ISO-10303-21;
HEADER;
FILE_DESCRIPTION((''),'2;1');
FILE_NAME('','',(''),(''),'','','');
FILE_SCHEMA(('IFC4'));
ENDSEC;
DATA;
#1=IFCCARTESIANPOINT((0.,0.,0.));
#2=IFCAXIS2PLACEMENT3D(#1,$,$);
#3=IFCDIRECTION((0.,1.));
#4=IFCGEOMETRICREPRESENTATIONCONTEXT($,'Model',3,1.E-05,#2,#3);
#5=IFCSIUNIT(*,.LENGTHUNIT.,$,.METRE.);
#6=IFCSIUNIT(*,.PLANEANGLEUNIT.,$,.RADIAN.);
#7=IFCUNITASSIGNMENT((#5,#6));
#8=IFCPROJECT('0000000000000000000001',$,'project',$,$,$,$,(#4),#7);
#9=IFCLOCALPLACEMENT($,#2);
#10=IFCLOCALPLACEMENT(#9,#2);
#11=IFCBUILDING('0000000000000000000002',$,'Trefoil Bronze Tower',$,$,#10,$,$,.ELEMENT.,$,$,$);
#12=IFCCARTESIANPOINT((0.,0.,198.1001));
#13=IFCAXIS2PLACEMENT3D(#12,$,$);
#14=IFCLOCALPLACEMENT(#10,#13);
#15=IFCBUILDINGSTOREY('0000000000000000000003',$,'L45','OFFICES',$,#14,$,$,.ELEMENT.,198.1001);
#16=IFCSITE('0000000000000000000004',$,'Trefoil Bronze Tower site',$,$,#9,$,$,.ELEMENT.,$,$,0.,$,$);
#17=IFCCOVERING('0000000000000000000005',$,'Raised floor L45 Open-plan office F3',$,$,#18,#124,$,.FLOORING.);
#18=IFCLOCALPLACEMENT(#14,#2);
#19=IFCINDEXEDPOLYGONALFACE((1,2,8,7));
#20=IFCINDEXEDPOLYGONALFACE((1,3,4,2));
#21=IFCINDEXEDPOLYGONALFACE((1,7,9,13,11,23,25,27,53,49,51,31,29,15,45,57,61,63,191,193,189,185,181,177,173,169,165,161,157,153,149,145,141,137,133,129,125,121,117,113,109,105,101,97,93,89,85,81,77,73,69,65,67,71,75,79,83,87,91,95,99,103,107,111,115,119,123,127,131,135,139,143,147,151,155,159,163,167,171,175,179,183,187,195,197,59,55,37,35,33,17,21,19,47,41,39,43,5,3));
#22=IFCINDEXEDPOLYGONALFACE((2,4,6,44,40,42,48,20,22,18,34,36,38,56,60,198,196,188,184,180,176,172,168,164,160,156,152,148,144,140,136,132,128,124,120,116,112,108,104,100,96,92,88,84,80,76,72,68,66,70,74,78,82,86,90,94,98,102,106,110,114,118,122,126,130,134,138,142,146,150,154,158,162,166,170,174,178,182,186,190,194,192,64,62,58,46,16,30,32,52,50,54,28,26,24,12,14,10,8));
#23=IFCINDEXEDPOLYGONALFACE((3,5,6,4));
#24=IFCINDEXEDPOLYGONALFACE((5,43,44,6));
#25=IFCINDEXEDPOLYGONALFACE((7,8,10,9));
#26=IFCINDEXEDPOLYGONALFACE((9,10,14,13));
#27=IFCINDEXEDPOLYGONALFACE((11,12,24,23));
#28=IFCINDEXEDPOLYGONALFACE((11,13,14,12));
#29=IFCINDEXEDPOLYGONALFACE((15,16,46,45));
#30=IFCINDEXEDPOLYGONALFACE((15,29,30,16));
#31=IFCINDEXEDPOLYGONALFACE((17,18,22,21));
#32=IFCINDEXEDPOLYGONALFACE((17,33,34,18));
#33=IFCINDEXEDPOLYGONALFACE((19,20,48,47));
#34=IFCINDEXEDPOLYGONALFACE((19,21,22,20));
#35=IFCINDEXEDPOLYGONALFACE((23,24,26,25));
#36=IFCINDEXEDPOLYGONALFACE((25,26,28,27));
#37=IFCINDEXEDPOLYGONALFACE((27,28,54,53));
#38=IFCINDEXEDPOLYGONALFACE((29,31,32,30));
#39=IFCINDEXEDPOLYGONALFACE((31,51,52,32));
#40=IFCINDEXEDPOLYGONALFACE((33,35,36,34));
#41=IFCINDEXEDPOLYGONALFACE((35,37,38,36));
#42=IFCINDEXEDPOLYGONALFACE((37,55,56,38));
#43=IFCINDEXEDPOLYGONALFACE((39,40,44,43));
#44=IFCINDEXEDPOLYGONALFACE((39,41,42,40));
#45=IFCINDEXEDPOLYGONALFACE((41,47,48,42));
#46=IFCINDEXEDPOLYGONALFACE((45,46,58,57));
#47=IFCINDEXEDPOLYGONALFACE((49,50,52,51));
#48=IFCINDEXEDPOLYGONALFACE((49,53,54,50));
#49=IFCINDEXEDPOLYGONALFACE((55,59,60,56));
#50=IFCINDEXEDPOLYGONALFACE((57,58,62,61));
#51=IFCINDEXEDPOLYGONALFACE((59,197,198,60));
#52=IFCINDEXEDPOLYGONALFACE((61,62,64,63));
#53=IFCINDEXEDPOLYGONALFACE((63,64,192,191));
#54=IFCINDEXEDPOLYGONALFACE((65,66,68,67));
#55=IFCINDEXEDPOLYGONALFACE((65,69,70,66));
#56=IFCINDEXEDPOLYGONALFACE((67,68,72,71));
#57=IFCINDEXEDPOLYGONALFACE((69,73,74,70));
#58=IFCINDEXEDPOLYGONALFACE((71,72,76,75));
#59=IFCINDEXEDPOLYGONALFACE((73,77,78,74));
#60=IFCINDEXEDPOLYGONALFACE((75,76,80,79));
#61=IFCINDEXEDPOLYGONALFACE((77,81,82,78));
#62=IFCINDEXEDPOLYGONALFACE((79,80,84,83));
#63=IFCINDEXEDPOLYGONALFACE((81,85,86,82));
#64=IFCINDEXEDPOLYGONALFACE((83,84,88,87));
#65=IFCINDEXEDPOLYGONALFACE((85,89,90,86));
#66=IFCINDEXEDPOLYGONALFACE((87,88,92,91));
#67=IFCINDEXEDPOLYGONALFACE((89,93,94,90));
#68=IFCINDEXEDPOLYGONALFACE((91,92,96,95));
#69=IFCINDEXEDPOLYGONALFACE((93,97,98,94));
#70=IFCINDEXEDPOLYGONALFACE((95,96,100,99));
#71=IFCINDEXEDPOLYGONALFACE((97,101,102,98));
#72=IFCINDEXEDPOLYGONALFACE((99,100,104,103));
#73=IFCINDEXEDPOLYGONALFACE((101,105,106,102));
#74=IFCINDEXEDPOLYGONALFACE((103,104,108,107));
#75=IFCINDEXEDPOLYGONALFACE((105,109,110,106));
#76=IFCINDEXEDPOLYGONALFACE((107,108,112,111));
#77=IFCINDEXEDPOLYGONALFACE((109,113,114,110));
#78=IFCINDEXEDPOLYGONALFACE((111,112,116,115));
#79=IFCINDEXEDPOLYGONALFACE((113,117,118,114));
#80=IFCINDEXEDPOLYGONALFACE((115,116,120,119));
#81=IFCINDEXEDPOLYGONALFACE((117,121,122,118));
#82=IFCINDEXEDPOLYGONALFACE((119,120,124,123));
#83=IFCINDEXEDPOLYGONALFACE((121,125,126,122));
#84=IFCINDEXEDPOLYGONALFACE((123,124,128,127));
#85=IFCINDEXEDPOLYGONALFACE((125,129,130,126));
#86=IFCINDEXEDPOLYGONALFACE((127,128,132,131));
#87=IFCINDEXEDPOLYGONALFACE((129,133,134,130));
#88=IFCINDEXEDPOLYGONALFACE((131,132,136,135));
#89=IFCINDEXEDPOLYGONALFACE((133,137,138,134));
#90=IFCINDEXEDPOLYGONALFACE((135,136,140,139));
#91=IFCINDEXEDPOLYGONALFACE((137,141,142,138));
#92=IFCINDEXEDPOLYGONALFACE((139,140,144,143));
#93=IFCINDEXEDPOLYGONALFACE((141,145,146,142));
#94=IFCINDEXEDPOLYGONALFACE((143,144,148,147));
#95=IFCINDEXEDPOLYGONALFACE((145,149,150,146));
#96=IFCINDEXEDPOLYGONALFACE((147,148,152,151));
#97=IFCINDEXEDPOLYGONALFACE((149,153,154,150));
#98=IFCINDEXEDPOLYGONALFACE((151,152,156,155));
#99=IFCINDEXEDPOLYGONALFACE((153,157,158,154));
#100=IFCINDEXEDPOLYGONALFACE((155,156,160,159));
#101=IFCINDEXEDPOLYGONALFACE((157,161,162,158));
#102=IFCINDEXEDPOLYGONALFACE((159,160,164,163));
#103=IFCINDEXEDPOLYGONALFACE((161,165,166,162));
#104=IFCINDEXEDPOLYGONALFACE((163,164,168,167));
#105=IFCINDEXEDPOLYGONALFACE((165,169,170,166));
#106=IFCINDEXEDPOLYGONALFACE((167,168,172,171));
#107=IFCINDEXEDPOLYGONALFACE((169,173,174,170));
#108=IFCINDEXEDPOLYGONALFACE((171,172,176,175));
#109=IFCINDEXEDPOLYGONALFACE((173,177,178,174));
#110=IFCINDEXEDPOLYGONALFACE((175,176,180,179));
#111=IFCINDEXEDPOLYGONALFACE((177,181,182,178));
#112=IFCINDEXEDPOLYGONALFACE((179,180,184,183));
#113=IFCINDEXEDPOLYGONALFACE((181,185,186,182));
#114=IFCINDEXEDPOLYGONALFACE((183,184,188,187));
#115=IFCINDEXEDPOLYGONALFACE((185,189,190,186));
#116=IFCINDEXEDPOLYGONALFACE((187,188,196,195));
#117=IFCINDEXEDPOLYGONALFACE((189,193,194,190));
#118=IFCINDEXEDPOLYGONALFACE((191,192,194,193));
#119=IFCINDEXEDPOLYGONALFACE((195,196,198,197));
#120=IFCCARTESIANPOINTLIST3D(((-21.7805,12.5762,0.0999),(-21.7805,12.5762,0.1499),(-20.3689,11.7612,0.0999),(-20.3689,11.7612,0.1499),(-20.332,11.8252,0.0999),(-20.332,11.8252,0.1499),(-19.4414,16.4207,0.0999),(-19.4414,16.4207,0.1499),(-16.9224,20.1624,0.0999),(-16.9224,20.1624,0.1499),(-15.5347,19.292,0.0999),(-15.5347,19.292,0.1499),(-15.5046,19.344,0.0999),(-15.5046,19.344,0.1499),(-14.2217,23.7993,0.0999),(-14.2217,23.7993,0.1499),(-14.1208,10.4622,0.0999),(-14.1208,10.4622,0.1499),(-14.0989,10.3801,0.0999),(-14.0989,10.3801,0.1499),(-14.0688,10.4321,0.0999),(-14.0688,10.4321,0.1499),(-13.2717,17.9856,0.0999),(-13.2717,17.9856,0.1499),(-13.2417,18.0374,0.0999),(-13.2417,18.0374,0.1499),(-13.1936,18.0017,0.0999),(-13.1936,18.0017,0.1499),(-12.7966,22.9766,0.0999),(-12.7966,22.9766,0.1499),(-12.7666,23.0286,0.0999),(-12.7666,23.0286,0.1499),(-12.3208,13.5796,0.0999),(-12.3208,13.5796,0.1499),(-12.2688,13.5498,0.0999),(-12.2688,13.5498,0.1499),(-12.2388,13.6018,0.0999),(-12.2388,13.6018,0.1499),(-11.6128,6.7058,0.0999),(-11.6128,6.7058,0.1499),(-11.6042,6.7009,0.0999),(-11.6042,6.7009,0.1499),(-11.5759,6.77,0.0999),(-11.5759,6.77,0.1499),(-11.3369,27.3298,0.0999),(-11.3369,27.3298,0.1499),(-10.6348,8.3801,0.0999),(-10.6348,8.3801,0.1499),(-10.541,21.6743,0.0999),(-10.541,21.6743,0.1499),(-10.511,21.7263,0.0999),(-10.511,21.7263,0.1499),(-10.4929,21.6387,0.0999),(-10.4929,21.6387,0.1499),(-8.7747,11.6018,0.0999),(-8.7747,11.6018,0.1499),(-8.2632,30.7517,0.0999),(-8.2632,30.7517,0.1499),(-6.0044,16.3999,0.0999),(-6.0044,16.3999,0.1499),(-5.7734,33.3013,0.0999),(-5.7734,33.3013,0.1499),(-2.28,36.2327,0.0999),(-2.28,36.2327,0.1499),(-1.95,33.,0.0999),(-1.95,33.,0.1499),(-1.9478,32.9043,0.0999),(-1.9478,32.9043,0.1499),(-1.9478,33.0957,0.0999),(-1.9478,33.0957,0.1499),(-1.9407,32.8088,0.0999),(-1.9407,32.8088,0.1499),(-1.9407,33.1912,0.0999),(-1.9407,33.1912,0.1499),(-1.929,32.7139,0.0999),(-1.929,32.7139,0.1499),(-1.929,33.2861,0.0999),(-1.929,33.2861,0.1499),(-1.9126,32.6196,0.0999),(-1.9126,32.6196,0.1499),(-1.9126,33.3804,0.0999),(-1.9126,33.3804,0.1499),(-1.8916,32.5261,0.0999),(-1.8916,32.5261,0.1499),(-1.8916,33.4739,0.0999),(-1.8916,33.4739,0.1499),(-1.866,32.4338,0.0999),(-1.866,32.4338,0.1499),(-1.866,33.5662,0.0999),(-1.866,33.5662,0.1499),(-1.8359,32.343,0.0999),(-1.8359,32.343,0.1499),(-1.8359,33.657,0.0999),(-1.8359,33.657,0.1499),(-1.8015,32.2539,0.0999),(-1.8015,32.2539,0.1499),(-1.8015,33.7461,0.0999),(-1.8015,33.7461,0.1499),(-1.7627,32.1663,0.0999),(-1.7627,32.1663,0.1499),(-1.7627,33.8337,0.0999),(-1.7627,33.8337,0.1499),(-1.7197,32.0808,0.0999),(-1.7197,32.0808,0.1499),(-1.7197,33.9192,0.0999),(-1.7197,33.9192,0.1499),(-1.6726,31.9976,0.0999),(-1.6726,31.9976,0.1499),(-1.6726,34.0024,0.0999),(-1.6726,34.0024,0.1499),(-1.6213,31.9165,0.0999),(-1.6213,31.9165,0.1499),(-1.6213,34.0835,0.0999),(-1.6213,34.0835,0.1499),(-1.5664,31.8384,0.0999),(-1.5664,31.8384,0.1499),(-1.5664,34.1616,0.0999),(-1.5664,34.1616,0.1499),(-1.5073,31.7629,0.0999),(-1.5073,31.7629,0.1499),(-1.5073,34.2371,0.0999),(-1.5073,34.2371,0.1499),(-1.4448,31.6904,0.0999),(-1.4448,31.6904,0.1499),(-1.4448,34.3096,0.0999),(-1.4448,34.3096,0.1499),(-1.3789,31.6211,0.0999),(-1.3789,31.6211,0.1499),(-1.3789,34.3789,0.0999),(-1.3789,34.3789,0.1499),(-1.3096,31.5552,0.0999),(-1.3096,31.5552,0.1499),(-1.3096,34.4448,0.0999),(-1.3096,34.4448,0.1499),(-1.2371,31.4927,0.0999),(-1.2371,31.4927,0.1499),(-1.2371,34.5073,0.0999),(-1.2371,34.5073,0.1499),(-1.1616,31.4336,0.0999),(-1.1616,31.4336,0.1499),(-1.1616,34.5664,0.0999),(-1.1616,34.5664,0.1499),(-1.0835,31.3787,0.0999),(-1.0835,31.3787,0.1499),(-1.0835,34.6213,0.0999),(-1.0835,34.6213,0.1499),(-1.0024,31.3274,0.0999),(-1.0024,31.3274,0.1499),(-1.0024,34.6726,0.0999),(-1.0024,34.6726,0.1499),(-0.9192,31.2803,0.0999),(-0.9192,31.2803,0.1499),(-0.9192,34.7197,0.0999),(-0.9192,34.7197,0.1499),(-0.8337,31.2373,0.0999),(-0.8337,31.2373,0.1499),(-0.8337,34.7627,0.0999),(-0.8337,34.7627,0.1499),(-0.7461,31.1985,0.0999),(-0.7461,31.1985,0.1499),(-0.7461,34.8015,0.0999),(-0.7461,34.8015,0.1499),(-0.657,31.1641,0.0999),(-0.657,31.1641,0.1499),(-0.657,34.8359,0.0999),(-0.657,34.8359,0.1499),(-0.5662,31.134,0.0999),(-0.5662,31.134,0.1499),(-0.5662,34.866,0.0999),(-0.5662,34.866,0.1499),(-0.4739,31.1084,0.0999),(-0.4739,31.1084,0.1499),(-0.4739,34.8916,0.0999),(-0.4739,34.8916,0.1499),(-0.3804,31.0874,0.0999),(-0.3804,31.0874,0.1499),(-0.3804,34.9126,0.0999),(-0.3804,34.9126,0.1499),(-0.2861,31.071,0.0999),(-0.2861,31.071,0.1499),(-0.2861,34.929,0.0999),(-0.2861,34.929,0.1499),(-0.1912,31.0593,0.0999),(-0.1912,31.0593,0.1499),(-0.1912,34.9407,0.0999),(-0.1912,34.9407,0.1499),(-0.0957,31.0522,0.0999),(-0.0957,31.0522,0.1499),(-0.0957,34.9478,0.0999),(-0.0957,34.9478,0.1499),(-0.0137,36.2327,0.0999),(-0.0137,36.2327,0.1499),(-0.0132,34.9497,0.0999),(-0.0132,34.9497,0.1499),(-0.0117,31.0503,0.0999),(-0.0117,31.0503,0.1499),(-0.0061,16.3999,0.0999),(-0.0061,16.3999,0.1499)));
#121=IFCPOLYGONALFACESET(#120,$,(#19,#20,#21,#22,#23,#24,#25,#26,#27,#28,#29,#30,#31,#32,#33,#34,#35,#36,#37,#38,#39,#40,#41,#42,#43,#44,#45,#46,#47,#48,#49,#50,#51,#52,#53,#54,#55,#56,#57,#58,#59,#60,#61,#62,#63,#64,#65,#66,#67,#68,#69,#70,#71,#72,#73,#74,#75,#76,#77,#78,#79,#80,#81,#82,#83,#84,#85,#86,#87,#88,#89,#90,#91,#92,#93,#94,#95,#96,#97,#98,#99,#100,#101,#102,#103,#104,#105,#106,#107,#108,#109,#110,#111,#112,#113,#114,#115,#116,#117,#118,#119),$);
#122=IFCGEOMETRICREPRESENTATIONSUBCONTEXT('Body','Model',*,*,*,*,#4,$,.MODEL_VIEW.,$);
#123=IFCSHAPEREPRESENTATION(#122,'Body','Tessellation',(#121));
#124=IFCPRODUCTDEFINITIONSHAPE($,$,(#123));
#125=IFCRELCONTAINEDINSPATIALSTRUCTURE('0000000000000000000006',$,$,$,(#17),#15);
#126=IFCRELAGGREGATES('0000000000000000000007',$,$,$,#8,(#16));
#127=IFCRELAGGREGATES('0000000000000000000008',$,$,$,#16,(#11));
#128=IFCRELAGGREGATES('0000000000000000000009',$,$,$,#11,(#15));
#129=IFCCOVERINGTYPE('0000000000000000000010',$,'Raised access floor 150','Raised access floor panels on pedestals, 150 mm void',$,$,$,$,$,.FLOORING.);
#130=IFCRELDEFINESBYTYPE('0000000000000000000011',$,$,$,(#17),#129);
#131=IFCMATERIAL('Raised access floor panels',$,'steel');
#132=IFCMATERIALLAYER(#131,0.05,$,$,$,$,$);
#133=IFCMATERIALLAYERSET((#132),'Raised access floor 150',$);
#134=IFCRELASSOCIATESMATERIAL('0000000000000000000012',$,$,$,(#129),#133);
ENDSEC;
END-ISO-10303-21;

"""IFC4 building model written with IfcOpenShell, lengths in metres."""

from ifc_helpers import new_model, si_unit, direction, frame, origin, place, context, subcontext, project, spatial, polyline, outline, extrude, material, layer, layer_set, type_object, element, save


model = new_model("IFC4")

# Units and contexts
model_context = context("Model", 3, precision=1e-05, world=origin(), true_north=direction((0.0, 1.0)))
body_context = subcontext(model_context, "Body", "Model", "MODEL_VIEW")
ifc_project = project(units=[si_unit("LENGTHUNIT", "METRE"), si_unit("PLANEANGLEUNIT", "RADIAN")], contexts=[model_context])

# Site, building, storey
site_placement = place(None, origin())
site = spatial("IfcSite", under=ifc_project, at=site_placement, Name="Trefoil Bronze Tower site", CompositionType="ELEMENT", RefElevation=0.0)
building_placement = place(site_placement, origin())
building = spatial("IfcBuilding", under=site, at=building_placement, Name="Trefoil Bronze Tower", CompositionType="ELEMENT")
storey_placement = place(building_placement, frame((0.0, 0.0, 198.1001)))
storey = spatial("IfcBuildingStorey", under=building, at=storey_placement, Name="L45", Description="OFFICES", CompositionType="ELEMENT", Elevation=198.1001)

# Covering
ifc_material_1 = material(Name="Raised access floor panels", Category="steel")
ifc_layer_1 = layer(ifc_material_1, 0.05)
ifc_layer_set_1 = layer_set([ifc_layer_1], Name="Raised access floor 150")
covering_type_1 = type_object("IfcCoveringType", Name="Raised access floor 150", Description="Raised access floor panels on pedestals, 150 mm void", PredefinedType="FLOORING", material=ifc_layer_set_1)
covering_1_placement = place(storey_placement, frame((0.0, 0.0, 0.0999)))
element("IfcCovering", 1, at=covering_1_placement, inside=storey, type_object=covering_type_1, Name="Raised floor L45 Open-plan office F3", PredefinedType="FLOORING", context=body_context, shape_type="SweptSolid", body=[
    extrude(outline(polyline([(-16.9224, 20.1624), (-15.5046, 19.344), (-15.5347, 19.292), (-13.2717, 17.9856), (-13.2417, 18.0374), (-13.1936, 18.0017), (-10.4929, 21.6387), (-10.541, 21.6743), (-10.511, 21.7263), (-12.7666, 23.0286), (-12.7966, 22.9766), (-14.2217, 23.7993), (-11.3369, 27.3298), (-8.2632, 30.7517), (-5.7734, 33.3013), (-2.28, 36.2327), (-0.0137, 36.2327), (-0.0132, 34.9497), (-0.0957, 34.9478), (-0.1912, 34.9407), (-0.2861, 34.929), (-0.3804, 34.9126), (-0.4739, 34.8916), (-0.5662, 34.866), (-0.657, 34.8359), (-0.7461, 34.8015), (-0.8337, 34.7627), (-0.9192, 34.7197), (-1.0024, 34.6726), (-1.0835, 34.6213), (-1.1616, 34.5664), (-1.2371, 34.5073), (-1.3096, 34.4448), (-1.3789, 34.3789), (-1.4448, 34.3096), (-1.5073, 34.2371), (-1.5664, 34.1616), (-1.6213, 34.0835), (-1.6726, 34.0024), (-1.7197, 33.9192), (-1.7627, 33.8337), (-1.8015, 33.7461), (-1.8359, 33.657), (-1.866, 33.5662), (-1.8916, 33.4739), (-1.9126, 33.3804), (-1.929, 33.2861), (-1.9407, 33.1912), (-1.9478, 33.0957), (-1.95, 33.0), (-1.9478, 32.9043), (-1.9407, 32.8088), (-1.929, 32.7139), (-1.9126, 32.6196), (-1.8916, 32.5261), (-1.866, 32.4338), (-1.8359, 32.343), (-1.8015, 32.2539), (-1.7627, 32.1663), (-1.7197, 32.0808), (-1.6726, 31.9976), (-1.6213, 31.9165), (-1.5664, 31.8384), (-1.5073, 31.7629), (-1.4448, 31.6904), (-1.3789, 31.6211), (-1.3096, 31.5552), (-1.2371, 31.4927), (-1.1616, 31.4336), (-1.0835, 31.3787), (-1.0024, 31.3274), (-0.9192, 31.2803), (-0.8337, 31.2373), (-0.7461, 31.1985), (-0.657, 31.1641), (-0.5662, 31.134), (-0.4739, 31.1084), (-0.3804, 31.0874), (-0.2861, 31.071), (-0.1912, 31.0593), (-0.0957, 31.0522), (-0.0117, 31.0503), (-0.0061, 16.3999), (-6.0044, 16.3999), (-8.7747, 11.6018), (-12.2388, 13.6018), (-12.2688, 13.5498), (-12.3208, 13.5796), (-14.1208, 10.4622), (-14.0688, 10.4321), (-14.0989, 10.3801), (-10.6348, 8.3801), (-11.6042, 6.7009), (-11.6128, 6.7058), (-11.5759, 6.77), (-20.332, 11.8252), (-20.3689, 11.7612), (-21.7805, 12.5762), (-19.4414, 16.4207), (-16.9224, 20.1624)])), origin(), (0.0, 0.0, 1.0), 0.05),
])

save(model, "model.ifc")
